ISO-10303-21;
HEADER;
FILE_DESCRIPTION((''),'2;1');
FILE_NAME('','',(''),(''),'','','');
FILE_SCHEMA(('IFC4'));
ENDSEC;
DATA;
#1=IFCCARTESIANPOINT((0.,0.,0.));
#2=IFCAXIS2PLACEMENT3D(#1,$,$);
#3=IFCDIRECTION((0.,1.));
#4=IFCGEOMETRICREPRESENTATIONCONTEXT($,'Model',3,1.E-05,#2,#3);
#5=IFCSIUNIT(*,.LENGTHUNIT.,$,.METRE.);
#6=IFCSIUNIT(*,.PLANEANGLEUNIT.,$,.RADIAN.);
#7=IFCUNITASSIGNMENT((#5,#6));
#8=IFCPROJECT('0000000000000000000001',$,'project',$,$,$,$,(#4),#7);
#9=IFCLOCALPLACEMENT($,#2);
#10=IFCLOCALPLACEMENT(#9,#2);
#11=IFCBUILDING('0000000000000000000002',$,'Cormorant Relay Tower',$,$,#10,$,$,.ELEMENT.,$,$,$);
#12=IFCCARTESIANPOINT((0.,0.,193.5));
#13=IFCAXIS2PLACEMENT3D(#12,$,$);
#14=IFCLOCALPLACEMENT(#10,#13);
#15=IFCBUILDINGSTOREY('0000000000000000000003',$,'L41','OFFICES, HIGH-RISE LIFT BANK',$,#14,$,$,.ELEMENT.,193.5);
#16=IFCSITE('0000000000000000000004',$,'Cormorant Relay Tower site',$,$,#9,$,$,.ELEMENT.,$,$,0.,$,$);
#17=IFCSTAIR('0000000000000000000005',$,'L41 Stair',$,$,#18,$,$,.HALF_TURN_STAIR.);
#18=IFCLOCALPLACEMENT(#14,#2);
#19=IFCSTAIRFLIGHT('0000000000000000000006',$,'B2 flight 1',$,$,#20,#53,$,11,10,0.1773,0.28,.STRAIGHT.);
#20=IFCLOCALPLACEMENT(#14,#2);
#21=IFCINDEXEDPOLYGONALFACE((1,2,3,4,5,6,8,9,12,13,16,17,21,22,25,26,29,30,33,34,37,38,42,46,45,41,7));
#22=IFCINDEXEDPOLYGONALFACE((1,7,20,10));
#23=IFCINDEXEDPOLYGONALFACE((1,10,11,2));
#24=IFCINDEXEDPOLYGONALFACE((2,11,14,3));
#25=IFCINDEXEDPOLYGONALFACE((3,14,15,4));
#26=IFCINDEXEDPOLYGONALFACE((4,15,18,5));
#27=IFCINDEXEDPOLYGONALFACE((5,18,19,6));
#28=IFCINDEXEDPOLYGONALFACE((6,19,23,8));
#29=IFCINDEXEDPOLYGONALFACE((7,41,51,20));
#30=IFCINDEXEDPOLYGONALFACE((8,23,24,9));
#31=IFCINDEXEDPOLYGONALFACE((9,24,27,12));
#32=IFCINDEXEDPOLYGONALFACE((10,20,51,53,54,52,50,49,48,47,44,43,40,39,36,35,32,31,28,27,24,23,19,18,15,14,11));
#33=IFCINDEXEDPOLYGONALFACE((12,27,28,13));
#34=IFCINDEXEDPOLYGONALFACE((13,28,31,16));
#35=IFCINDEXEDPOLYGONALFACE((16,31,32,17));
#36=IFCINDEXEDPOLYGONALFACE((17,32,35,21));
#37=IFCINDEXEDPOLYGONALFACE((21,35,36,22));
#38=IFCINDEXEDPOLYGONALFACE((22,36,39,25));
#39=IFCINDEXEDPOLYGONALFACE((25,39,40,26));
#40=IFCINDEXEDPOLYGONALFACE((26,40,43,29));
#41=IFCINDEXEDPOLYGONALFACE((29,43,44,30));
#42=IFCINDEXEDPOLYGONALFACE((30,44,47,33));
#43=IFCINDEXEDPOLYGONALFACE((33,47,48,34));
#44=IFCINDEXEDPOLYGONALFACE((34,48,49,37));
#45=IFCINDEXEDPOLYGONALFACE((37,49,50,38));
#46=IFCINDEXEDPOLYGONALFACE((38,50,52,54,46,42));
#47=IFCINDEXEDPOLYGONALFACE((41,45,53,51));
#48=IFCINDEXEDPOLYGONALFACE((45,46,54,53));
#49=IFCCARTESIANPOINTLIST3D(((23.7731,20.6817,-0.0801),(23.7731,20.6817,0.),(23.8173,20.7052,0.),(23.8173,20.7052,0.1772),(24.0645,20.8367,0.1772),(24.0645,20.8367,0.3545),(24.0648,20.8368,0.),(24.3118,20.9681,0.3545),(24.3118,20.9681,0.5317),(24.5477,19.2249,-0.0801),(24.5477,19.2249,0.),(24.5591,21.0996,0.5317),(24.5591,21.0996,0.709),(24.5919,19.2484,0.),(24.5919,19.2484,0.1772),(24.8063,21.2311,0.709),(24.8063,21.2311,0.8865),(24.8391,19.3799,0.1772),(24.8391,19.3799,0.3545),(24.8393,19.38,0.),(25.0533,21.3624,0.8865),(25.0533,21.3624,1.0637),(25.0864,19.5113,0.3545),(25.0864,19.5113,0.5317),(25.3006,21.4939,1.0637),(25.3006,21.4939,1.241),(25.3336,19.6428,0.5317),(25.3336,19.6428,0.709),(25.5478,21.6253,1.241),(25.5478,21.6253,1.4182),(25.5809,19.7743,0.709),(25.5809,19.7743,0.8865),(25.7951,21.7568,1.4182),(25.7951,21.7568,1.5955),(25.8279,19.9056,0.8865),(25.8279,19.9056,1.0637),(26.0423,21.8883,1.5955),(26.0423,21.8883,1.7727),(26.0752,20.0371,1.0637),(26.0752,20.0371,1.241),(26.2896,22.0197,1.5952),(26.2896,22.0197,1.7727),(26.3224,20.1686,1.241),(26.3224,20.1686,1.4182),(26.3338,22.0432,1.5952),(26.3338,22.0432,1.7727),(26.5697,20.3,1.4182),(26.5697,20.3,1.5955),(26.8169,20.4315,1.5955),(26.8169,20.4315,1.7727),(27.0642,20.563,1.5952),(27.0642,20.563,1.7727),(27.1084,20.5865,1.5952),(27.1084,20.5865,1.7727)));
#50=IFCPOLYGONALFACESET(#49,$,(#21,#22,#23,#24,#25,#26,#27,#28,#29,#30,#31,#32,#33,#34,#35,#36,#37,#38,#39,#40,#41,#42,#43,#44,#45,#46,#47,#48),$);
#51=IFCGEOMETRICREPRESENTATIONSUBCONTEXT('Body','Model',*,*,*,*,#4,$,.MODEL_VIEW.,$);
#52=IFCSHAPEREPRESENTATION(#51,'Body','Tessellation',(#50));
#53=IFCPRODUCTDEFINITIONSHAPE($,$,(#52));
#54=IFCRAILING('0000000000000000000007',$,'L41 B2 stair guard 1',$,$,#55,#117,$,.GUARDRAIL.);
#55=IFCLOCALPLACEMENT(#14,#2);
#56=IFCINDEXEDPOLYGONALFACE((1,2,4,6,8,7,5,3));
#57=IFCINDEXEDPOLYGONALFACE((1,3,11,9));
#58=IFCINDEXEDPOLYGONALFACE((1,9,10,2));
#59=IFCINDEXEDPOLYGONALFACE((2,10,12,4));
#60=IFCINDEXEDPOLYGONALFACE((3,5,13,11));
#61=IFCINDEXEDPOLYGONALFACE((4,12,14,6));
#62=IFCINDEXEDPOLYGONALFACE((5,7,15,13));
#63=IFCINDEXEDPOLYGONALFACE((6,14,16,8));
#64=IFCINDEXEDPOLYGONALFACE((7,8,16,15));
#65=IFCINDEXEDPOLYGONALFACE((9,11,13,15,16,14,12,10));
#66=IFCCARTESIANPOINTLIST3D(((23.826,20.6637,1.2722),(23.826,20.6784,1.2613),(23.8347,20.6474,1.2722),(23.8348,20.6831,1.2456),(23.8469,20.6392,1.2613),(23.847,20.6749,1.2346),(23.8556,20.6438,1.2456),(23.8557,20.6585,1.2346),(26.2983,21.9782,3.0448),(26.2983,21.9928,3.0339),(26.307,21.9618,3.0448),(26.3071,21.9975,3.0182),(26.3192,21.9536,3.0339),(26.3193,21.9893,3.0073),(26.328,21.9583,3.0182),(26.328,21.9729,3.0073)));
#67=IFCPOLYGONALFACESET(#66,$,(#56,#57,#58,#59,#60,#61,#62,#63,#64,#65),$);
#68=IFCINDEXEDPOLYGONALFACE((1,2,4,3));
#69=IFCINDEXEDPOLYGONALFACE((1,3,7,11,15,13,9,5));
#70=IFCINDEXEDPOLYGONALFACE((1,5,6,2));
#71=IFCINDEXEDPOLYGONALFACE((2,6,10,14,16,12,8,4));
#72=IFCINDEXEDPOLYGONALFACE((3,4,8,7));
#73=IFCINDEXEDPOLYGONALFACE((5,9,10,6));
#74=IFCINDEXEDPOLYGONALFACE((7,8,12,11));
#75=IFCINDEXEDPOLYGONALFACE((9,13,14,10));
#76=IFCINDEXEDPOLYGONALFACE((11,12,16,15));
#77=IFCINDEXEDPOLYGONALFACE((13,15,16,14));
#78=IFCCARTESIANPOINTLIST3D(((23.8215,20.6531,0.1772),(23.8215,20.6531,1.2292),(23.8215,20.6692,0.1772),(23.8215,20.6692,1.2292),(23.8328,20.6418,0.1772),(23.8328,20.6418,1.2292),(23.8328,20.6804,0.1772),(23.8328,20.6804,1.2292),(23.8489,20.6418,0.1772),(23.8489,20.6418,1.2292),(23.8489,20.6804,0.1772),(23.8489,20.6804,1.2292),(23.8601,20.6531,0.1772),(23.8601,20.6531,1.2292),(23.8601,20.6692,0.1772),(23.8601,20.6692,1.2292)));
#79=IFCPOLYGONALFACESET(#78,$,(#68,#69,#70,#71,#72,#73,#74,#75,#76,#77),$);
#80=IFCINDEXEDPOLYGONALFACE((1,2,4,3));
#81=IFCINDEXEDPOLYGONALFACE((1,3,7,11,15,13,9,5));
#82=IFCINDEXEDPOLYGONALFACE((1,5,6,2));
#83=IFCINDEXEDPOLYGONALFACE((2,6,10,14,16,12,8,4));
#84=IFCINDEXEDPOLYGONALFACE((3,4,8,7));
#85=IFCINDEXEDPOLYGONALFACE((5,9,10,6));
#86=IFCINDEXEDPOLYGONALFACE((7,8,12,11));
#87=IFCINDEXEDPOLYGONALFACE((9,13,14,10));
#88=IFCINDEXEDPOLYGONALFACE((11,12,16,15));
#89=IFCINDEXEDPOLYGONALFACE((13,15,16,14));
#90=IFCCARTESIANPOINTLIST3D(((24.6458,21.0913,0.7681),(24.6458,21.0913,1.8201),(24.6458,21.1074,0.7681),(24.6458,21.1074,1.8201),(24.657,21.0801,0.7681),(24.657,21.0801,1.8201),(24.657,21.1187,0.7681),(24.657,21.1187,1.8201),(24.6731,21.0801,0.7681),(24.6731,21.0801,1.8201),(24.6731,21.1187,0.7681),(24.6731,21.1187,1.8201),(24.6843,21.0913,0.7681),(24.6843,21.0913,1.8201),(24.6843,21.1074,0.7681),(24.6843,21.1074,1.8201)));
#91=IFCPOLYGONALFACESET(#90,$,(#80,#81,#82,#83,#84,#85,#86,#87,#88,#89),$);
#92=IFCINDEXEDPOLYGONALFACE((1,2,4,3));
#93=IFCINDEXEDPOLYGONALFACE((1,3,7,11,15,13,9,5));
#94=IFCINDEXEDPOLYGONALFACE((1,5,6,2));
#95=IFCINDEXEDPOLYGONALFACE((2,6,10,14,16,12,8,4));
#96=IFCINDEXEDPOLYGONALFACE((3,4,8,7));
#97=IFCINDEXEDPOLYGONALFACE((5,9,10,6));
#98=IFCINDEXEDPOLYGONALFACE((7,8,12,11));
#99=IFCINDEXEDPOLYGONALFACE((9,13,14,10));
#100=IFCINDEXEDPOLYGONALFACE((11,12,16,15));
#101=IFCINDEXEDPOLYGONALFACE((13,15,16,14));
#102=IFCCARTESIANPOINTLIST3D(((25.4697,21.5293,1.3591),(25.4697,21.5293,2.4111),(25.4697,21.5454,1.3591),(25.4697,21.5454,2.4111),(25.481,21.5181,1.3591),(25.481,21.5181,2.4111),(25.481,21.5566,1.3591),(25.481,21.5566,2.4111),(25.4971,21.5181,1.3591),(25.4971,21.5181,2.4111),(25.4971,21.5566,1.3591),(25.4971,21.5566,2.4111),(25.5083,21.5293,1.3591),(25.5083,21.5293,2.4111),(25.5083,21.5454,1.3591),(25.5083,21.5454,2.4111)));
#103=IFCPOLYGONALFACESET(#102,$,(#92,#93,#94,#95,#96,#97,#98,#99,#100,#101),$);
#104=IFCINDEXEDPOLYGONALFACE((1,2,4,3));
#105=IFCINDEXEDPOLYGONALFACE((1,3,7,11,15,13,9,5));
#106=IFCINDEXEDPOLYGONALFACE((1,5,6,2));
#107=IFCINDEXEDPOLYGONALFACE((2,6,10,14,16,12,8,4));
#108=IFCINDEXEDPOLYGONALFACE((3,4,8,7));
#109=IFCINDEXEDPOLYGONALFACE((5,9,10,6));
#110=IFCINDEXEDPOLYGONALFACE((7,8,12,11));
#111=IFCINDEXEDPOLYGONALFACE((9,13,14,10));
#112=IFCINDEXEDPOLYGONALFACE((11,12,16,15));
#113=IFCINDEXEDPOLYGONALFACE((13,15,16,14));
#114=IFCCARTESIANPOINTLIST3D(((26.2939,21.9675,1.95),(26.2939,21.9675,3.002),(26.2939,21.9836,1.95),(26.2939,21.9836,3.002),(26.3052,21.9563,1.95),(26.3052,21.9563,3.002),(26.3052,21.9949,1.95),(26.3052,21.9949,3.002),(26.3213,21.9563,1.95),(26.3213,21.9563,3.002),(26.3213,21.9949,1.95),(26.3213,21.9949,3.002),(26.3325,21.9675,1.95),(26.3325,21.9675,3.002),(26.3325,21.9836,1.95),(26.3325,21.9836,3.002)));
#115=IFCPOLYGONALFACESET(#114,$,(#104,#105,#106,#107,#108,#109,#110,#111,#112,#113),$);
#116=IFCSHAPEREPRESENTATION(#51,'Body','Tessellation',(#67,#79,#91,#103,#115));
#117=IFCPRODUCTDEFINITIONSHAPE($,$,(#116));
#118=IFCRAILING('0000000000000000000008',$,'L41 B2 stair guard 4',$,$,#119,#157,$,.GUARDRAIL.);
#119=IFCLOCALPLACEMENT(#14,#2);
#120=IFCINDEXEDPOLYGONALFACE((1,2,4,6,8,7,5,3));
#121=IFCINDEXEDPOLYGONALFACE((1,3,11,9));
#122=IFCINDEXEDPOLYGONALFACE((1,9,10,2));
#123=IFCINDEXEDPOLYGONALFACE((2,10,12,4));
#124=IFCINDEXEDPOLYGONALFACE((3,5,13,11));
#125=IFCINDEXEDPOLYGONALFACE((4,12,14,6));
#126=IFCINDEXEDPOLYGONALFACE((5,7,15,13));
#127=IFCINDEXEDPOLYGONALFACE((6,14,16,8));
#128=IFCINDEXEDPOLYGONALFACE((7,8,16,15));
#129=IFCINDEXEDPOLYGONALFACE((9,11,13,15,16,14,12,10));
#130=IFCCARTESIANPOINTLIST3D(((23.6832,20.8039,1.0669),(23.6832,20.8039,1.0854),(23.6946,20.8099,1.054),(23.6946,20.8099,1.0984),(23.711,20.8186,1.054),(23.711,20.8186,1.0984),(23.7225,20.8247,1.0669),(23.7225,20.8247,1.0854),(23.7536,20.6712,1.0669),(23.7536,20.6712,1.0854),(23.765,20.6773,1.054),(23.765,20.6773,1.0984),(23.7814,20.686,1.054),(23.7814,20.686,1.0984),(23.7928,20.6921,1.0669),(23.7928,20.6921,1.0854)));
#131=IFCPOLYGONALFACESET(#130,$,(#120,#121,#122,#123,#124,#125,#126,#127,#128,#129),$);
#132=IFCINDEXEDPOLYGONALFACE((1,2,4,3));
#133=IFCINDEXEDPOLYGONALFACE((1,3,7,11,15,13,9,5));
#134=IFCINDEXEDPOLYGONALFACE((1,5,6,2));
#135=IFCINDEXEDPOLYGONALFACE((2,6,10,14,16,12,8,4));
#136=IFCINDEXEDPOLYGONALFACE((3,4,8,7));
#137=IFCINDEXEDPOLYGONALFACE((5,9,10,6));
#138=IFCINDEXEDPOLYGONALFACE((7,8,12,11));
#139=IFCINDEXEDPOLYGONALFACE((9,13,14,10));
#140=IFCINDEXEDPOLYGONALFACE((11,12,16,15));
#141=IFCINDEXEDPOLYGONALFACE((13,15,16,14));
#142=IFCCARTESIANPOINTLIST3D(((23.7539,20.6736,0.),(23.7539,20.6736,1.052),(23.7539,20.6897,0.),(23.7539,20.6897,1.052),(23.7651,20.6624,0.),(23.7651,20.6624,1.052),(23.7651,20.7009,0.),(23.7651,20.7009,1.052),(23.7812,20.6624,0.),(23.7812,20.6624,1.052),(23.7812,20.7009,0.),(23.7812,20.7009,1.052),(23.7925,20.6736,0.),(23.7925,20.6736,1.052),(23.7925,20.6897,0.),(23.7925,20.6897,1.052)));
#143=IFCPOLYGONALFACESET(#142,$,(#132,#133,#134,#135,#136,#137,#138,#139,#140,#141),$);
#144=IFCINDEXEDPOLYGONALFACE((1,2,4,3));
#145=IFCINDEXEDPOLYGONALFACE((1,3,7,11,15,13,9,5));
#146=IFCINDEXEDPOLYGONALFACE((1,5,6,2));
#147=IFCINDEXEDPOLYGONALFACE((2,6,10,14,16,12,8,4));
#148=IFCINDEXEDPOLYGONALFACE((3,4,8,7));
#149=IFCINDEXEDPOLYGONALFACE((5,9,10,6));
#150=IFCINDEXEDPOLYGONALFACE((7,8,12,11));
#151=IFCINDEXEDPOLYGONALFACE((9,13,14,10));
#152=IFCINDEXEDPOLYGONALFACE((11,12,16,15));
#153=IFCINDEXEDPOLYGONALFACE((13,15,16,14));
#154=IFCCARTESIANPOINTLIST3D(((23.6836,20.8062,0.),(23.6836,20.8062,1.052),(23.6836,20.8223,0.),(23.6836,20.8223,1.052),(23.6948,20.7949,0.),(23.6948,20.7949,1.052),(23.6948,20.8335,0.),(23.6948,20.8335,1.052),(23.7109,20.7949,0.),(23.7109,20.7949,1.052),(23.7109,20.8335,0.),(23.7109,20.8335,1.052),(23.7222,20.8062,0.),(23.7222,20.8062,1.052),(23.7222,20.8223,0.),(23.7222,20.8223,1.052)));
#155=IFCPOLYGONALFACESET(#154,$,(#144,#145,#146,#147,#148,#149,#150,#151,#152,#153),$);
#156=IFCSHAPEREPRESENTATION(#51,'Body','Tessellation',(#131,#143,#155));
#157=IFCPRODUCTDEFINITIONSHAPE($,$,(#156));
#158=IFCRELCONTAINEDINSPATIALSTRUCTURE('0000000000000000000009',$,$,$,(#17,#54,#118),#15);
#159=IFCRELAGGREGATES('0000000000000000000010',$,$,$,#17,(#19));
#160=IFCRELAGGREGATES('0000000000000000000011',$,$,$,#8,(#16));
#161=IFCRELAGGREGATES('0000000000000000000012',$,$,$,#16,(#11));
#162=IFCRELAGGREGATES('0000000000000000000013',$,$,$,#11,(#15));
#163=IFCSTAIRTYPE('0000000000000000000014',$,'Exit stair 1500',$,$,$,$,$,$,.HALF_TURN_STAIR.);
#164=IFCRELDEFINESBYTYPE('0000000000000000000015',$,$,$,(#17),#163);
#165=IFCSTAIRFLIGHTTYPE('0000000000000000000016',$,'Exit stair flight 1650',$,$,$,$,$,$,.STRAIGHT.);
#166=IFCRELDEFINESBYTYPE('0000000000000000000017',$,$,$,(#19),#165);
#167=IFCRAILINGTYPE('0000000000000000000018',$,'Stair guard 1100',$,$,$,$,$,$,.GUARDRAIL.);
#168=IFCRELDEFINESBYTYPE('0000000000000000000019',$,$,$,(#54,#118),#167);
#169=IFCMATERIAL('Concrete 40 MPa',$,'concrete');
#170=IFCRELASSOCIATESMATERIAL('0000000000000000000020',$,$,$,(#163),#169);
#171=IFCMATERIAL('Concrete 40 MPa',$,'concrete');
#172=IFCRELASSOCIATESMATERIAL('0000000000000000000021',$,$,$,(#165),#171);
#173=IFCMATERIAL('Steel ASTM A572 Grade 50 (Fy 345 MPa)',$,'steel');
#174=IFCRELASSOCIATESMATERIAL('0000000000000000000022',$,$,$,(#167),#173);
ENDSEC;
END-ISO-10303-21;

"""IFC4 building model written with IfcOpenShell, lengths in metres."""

from ifc_helpers import new_model, si_unit, direction, frame, origin, place, context, subcontext, project, spatial, polyline, outline, extrude, material, type_object, element, aggregate, save


model = new_model("IFC4")

# Units and contexts
model_context = context("Model", 3, precision=1e-05, world=origin(), true_north=direction((0.0, 1.0)))
body_context = subcontext(model_context, "Body", "Model", "MODEL_VIEW")
ifc_project = project(units=[si_unit("LENGTHUNIT", "METRE"), si_unit("PLANEANGLEUNIT", "RADIAN")], contexts=[model_context])

# Site, building, storey
site_placement = place(None, origin())
site = spatial("IfcSite", under=ifc_project, at=site_placement, Name="Cormorant Relay Tower site", CompositionType="ELEMENT", RefElevation=0.0)
building_placement = place(site_placement, origin())
building = spatial("IfcBuilding", under=site, at=building_placement, Name="Cormorant Relay Tower", CompositionType="ELEMENT")
storey_placement = place(building_placement, frame((0.0, 0.0, 193.5)))
storey = spatial("IfcBuildingStorey", under=building, at=storey_placement, Name="L41", Description="OFFICES, HIGH-RISE LIFT BANK", CompositionType="ELEMENT", Elevation=193.5)

# Stair, stair flight
ifc_material_1 = material(Name="Concrete 40 MPa", Category="concrete")
stair_type = type_object("IfcStairType", Name="Exit stair 1500", PredefinedType="HALF_TURN_STAIR", material=ifc_material_1)
stair_placement = place(storey_placement, origin())
stair = element("IfcStair", 1, at=stair_placement, inside=storey, type_object=stair_type, Name="L41 Stair", PredefinedType="HALF_TURN_STAIR")
ifc_material_2 = material(Name="Concrete 40 MPa", Category="concrete")
stair_flight_type = type_object("IfcStairFlightType", Name="Exit stair flight 1650", PredefinedType="STRAIGHT", material=ifc_material_2)
stair_flight_placement = place(storey_placement, frame((24.2046, 19.9768, 0.0), z_axis=(0.0, 0.0, 1.0), x_axis=(0.882948, 0.469472, 0.0)))
stair_flight = element("IfcStairFlight", 2, at=stair_flight_placement, type_object=stair_flight_type, Name="B2 flight 1", NumberOfRisers=11, NumberOfTreads=10, PredefinedType="STRAIGHT", RiserHeight=0.1773, TreadLength=0.28, context=body_context, shape_type="SweptSolid", body=[
    extrude(outline(polyline([(-0.05, -0.0801), (-0.05, 0.0), (0.0, 0.0), (0.0, 0.1772), (0.28, 0.1772), (0.28, 0.3545), (0.5601, 0.3545), (0.5601, 0.5317), (0.8401, 0.5317), (0.8401, 0.709), (1.1201, 0.709), (1.1201, 0.8865), (1.3999, 0.8865), (1.3999, 1.0637), (1.6799, 1.0637), (1.6799, 1.241), (1.96, 1.241), (1.96, 1.4182), (2.24, 1.4182), (2.24, 1.5955), (2.52, 1.5955), (2.52, 1.7727), (2.8, 1.7727), (2.8501, 1.7727), (2.8501, 1.5952), (2.8, 1.5952), (0.2803, 0.0), (-0.05, -0.0801)])), frame((0.0, 0.825, 0.0), z_axis=(0.0, -1.0, 0.0), x_axis=(1.0, 0.0, 0.0)), (0.0, 0.0, 1.0), 1.6499),
])
aggregate(stair, [stair_flight])

# Railings
ifc_material_3 = material(Name="Steel ASTM A572 Grade 50 (Fy 345 MPa)", Category="steel")
railing_type_1 = type_object("IfcRailingType", Name="Stair guard 1100", PredefinedType="GUARDRAIL", material=ifc_material_3)
railing_1_placement = place(storey_placement, frame((23.8408, 20.6611, 0.1772)))
element("IfcRailing", 3, at=railing_1_placement, inside=storey, type_object=railing_type_1, Name="L41 B2 stair guard 1", PredefinedType="GUARDRAIL", context=body_context, shape_type="SweptSolid", body=[
    extrude(outline(polyline([(0.0222, 0.0093), (0.0093, 0.0222), (-0.0093, 0.0222), (-0.0222, 0.0093), (-0.0222, -0.0093), (-0.0093, -0.0222), (0.0093, -0.0222), (0.0222, -0.0093), (0.0222, 0.0093)])), frame((0.0, 0.0, 1.0762), z_axis=(0.746034, 0.396627, 0.534902), x_axis=(-0.469429, 0.88297, 0.0)), (0.0, 0.0, 1.0), 3.314),
    extrude(outline(polyline([(0.0193, 0.0081), (0.0081, 0.0193), (-0.0081, 0.0193), (-0.0193, 0.0081), (-0.0193, -0.0081), (-0.0081, -0.0193), (0.0081, -0.0193), (0.0193, -0.0081), (0.0193, 0.0081)])), origin(), (0.0, 0.0, 1.0), 1.052),
    extrude(outline(polyline([(0.0193, 0.0081), (0.0081, 0.0193), (-0.0081, 0.0193), (-0.0193, 0.0081), (-0.0193, -0.0081), (-0.0081, -0.0193), (0.0081, -0.0193), (0.0193, -0.0081), (0.0193, 0.0081)])), frame((0.8242, 0.4382, 0.5908)), (0.0, 0.0, 1.0), 1.052),
    extrude(outline(polyline([(0.0193, 0.0081), (0.0081, 0.0193), (-0.0081, 0.0193), (-0.0193, 0.0081), (-0.0193, -0.0081), (-0.0081, -0.0193), (0.0081, -0.0193), (0.0193, -0.0081), (0.0193, 0.0081)])), frame((1.6482, 0.8762, 1.1819)), (0.0, 0.0, 1.0), 1.052),
    extrude(outline(polyline([(0.0193, 0.0081), (0.0081, 0.0193), (-0.0081, 0.0193), (-0.0193, 0.0081), (-0.0193, -0.0081), (-0.0081, -0.0193), (0.0081, -0.0193), (0.0193, -0.0081), (0.0193, 0.0081)])), frame((2.4724, 1.3145, 1.7727)), (0.0, 0.0, 1.0), 1.052),
])
railing_2_placement = place(storey_placement, frame((23.7732, 20.6816, 0.0)))
element("IfcRailing", 4, at=railing_2_placement, inside=storey, type_object=railing_type_1, Name="L41 B2 stair guard 4", PredefinedType="GUARDRAIL", context=body_context, shape_type="SweptSolid", body=[
    extrude(outline(polyline([(0.0222, 0.0093), (0.0093, 0.0222), (-0.0093, 0.0222), (-0.0222, 0.0093), (-0.0222, -0.0093), (-0.0093, -0.0222), (0.0093, -0.0222), (0.0222, -0.0093), (0.0222, 0.0093)])), frame((0.0, 0.0, 1.0762), z_axis=(-0.46856, 0.883431, 0.0), x_axis=(-0.883431, -0.46856, 0.0)), (0.0, 0.0, 1.0), 0.1501),
    extrude(outline(polyline([(0.0193, 0.0081), (0.0081, 0.0193), (-0.0081, 0.0193), (-0.0193, 0.0081), (-0.0193, -0.0081), (-0.0081, -0.0193), (0.0081, -0.0193), (0.0193, -0.0081), (0.0193, 0.0081)])), origin(), (0.0, 0.0, 1.0), 1.052),
    extrude(outline(polyline([(0.0193, 0.0081), (0.0081, 0.0193), (-0.0081, 0.0193), (-0.0193, 0.0081), (-0.0193, -0.0081), (-0.0081, -0.0193), (0.0081, -0.0193), (0.0193, -0.0081), (0.0193, 0.0081)])), frame((-0.0703, 0.1326, 0.0)), (0.0, 0.0, 1.0), 1.052),
])

save(model, "model.ifc")
